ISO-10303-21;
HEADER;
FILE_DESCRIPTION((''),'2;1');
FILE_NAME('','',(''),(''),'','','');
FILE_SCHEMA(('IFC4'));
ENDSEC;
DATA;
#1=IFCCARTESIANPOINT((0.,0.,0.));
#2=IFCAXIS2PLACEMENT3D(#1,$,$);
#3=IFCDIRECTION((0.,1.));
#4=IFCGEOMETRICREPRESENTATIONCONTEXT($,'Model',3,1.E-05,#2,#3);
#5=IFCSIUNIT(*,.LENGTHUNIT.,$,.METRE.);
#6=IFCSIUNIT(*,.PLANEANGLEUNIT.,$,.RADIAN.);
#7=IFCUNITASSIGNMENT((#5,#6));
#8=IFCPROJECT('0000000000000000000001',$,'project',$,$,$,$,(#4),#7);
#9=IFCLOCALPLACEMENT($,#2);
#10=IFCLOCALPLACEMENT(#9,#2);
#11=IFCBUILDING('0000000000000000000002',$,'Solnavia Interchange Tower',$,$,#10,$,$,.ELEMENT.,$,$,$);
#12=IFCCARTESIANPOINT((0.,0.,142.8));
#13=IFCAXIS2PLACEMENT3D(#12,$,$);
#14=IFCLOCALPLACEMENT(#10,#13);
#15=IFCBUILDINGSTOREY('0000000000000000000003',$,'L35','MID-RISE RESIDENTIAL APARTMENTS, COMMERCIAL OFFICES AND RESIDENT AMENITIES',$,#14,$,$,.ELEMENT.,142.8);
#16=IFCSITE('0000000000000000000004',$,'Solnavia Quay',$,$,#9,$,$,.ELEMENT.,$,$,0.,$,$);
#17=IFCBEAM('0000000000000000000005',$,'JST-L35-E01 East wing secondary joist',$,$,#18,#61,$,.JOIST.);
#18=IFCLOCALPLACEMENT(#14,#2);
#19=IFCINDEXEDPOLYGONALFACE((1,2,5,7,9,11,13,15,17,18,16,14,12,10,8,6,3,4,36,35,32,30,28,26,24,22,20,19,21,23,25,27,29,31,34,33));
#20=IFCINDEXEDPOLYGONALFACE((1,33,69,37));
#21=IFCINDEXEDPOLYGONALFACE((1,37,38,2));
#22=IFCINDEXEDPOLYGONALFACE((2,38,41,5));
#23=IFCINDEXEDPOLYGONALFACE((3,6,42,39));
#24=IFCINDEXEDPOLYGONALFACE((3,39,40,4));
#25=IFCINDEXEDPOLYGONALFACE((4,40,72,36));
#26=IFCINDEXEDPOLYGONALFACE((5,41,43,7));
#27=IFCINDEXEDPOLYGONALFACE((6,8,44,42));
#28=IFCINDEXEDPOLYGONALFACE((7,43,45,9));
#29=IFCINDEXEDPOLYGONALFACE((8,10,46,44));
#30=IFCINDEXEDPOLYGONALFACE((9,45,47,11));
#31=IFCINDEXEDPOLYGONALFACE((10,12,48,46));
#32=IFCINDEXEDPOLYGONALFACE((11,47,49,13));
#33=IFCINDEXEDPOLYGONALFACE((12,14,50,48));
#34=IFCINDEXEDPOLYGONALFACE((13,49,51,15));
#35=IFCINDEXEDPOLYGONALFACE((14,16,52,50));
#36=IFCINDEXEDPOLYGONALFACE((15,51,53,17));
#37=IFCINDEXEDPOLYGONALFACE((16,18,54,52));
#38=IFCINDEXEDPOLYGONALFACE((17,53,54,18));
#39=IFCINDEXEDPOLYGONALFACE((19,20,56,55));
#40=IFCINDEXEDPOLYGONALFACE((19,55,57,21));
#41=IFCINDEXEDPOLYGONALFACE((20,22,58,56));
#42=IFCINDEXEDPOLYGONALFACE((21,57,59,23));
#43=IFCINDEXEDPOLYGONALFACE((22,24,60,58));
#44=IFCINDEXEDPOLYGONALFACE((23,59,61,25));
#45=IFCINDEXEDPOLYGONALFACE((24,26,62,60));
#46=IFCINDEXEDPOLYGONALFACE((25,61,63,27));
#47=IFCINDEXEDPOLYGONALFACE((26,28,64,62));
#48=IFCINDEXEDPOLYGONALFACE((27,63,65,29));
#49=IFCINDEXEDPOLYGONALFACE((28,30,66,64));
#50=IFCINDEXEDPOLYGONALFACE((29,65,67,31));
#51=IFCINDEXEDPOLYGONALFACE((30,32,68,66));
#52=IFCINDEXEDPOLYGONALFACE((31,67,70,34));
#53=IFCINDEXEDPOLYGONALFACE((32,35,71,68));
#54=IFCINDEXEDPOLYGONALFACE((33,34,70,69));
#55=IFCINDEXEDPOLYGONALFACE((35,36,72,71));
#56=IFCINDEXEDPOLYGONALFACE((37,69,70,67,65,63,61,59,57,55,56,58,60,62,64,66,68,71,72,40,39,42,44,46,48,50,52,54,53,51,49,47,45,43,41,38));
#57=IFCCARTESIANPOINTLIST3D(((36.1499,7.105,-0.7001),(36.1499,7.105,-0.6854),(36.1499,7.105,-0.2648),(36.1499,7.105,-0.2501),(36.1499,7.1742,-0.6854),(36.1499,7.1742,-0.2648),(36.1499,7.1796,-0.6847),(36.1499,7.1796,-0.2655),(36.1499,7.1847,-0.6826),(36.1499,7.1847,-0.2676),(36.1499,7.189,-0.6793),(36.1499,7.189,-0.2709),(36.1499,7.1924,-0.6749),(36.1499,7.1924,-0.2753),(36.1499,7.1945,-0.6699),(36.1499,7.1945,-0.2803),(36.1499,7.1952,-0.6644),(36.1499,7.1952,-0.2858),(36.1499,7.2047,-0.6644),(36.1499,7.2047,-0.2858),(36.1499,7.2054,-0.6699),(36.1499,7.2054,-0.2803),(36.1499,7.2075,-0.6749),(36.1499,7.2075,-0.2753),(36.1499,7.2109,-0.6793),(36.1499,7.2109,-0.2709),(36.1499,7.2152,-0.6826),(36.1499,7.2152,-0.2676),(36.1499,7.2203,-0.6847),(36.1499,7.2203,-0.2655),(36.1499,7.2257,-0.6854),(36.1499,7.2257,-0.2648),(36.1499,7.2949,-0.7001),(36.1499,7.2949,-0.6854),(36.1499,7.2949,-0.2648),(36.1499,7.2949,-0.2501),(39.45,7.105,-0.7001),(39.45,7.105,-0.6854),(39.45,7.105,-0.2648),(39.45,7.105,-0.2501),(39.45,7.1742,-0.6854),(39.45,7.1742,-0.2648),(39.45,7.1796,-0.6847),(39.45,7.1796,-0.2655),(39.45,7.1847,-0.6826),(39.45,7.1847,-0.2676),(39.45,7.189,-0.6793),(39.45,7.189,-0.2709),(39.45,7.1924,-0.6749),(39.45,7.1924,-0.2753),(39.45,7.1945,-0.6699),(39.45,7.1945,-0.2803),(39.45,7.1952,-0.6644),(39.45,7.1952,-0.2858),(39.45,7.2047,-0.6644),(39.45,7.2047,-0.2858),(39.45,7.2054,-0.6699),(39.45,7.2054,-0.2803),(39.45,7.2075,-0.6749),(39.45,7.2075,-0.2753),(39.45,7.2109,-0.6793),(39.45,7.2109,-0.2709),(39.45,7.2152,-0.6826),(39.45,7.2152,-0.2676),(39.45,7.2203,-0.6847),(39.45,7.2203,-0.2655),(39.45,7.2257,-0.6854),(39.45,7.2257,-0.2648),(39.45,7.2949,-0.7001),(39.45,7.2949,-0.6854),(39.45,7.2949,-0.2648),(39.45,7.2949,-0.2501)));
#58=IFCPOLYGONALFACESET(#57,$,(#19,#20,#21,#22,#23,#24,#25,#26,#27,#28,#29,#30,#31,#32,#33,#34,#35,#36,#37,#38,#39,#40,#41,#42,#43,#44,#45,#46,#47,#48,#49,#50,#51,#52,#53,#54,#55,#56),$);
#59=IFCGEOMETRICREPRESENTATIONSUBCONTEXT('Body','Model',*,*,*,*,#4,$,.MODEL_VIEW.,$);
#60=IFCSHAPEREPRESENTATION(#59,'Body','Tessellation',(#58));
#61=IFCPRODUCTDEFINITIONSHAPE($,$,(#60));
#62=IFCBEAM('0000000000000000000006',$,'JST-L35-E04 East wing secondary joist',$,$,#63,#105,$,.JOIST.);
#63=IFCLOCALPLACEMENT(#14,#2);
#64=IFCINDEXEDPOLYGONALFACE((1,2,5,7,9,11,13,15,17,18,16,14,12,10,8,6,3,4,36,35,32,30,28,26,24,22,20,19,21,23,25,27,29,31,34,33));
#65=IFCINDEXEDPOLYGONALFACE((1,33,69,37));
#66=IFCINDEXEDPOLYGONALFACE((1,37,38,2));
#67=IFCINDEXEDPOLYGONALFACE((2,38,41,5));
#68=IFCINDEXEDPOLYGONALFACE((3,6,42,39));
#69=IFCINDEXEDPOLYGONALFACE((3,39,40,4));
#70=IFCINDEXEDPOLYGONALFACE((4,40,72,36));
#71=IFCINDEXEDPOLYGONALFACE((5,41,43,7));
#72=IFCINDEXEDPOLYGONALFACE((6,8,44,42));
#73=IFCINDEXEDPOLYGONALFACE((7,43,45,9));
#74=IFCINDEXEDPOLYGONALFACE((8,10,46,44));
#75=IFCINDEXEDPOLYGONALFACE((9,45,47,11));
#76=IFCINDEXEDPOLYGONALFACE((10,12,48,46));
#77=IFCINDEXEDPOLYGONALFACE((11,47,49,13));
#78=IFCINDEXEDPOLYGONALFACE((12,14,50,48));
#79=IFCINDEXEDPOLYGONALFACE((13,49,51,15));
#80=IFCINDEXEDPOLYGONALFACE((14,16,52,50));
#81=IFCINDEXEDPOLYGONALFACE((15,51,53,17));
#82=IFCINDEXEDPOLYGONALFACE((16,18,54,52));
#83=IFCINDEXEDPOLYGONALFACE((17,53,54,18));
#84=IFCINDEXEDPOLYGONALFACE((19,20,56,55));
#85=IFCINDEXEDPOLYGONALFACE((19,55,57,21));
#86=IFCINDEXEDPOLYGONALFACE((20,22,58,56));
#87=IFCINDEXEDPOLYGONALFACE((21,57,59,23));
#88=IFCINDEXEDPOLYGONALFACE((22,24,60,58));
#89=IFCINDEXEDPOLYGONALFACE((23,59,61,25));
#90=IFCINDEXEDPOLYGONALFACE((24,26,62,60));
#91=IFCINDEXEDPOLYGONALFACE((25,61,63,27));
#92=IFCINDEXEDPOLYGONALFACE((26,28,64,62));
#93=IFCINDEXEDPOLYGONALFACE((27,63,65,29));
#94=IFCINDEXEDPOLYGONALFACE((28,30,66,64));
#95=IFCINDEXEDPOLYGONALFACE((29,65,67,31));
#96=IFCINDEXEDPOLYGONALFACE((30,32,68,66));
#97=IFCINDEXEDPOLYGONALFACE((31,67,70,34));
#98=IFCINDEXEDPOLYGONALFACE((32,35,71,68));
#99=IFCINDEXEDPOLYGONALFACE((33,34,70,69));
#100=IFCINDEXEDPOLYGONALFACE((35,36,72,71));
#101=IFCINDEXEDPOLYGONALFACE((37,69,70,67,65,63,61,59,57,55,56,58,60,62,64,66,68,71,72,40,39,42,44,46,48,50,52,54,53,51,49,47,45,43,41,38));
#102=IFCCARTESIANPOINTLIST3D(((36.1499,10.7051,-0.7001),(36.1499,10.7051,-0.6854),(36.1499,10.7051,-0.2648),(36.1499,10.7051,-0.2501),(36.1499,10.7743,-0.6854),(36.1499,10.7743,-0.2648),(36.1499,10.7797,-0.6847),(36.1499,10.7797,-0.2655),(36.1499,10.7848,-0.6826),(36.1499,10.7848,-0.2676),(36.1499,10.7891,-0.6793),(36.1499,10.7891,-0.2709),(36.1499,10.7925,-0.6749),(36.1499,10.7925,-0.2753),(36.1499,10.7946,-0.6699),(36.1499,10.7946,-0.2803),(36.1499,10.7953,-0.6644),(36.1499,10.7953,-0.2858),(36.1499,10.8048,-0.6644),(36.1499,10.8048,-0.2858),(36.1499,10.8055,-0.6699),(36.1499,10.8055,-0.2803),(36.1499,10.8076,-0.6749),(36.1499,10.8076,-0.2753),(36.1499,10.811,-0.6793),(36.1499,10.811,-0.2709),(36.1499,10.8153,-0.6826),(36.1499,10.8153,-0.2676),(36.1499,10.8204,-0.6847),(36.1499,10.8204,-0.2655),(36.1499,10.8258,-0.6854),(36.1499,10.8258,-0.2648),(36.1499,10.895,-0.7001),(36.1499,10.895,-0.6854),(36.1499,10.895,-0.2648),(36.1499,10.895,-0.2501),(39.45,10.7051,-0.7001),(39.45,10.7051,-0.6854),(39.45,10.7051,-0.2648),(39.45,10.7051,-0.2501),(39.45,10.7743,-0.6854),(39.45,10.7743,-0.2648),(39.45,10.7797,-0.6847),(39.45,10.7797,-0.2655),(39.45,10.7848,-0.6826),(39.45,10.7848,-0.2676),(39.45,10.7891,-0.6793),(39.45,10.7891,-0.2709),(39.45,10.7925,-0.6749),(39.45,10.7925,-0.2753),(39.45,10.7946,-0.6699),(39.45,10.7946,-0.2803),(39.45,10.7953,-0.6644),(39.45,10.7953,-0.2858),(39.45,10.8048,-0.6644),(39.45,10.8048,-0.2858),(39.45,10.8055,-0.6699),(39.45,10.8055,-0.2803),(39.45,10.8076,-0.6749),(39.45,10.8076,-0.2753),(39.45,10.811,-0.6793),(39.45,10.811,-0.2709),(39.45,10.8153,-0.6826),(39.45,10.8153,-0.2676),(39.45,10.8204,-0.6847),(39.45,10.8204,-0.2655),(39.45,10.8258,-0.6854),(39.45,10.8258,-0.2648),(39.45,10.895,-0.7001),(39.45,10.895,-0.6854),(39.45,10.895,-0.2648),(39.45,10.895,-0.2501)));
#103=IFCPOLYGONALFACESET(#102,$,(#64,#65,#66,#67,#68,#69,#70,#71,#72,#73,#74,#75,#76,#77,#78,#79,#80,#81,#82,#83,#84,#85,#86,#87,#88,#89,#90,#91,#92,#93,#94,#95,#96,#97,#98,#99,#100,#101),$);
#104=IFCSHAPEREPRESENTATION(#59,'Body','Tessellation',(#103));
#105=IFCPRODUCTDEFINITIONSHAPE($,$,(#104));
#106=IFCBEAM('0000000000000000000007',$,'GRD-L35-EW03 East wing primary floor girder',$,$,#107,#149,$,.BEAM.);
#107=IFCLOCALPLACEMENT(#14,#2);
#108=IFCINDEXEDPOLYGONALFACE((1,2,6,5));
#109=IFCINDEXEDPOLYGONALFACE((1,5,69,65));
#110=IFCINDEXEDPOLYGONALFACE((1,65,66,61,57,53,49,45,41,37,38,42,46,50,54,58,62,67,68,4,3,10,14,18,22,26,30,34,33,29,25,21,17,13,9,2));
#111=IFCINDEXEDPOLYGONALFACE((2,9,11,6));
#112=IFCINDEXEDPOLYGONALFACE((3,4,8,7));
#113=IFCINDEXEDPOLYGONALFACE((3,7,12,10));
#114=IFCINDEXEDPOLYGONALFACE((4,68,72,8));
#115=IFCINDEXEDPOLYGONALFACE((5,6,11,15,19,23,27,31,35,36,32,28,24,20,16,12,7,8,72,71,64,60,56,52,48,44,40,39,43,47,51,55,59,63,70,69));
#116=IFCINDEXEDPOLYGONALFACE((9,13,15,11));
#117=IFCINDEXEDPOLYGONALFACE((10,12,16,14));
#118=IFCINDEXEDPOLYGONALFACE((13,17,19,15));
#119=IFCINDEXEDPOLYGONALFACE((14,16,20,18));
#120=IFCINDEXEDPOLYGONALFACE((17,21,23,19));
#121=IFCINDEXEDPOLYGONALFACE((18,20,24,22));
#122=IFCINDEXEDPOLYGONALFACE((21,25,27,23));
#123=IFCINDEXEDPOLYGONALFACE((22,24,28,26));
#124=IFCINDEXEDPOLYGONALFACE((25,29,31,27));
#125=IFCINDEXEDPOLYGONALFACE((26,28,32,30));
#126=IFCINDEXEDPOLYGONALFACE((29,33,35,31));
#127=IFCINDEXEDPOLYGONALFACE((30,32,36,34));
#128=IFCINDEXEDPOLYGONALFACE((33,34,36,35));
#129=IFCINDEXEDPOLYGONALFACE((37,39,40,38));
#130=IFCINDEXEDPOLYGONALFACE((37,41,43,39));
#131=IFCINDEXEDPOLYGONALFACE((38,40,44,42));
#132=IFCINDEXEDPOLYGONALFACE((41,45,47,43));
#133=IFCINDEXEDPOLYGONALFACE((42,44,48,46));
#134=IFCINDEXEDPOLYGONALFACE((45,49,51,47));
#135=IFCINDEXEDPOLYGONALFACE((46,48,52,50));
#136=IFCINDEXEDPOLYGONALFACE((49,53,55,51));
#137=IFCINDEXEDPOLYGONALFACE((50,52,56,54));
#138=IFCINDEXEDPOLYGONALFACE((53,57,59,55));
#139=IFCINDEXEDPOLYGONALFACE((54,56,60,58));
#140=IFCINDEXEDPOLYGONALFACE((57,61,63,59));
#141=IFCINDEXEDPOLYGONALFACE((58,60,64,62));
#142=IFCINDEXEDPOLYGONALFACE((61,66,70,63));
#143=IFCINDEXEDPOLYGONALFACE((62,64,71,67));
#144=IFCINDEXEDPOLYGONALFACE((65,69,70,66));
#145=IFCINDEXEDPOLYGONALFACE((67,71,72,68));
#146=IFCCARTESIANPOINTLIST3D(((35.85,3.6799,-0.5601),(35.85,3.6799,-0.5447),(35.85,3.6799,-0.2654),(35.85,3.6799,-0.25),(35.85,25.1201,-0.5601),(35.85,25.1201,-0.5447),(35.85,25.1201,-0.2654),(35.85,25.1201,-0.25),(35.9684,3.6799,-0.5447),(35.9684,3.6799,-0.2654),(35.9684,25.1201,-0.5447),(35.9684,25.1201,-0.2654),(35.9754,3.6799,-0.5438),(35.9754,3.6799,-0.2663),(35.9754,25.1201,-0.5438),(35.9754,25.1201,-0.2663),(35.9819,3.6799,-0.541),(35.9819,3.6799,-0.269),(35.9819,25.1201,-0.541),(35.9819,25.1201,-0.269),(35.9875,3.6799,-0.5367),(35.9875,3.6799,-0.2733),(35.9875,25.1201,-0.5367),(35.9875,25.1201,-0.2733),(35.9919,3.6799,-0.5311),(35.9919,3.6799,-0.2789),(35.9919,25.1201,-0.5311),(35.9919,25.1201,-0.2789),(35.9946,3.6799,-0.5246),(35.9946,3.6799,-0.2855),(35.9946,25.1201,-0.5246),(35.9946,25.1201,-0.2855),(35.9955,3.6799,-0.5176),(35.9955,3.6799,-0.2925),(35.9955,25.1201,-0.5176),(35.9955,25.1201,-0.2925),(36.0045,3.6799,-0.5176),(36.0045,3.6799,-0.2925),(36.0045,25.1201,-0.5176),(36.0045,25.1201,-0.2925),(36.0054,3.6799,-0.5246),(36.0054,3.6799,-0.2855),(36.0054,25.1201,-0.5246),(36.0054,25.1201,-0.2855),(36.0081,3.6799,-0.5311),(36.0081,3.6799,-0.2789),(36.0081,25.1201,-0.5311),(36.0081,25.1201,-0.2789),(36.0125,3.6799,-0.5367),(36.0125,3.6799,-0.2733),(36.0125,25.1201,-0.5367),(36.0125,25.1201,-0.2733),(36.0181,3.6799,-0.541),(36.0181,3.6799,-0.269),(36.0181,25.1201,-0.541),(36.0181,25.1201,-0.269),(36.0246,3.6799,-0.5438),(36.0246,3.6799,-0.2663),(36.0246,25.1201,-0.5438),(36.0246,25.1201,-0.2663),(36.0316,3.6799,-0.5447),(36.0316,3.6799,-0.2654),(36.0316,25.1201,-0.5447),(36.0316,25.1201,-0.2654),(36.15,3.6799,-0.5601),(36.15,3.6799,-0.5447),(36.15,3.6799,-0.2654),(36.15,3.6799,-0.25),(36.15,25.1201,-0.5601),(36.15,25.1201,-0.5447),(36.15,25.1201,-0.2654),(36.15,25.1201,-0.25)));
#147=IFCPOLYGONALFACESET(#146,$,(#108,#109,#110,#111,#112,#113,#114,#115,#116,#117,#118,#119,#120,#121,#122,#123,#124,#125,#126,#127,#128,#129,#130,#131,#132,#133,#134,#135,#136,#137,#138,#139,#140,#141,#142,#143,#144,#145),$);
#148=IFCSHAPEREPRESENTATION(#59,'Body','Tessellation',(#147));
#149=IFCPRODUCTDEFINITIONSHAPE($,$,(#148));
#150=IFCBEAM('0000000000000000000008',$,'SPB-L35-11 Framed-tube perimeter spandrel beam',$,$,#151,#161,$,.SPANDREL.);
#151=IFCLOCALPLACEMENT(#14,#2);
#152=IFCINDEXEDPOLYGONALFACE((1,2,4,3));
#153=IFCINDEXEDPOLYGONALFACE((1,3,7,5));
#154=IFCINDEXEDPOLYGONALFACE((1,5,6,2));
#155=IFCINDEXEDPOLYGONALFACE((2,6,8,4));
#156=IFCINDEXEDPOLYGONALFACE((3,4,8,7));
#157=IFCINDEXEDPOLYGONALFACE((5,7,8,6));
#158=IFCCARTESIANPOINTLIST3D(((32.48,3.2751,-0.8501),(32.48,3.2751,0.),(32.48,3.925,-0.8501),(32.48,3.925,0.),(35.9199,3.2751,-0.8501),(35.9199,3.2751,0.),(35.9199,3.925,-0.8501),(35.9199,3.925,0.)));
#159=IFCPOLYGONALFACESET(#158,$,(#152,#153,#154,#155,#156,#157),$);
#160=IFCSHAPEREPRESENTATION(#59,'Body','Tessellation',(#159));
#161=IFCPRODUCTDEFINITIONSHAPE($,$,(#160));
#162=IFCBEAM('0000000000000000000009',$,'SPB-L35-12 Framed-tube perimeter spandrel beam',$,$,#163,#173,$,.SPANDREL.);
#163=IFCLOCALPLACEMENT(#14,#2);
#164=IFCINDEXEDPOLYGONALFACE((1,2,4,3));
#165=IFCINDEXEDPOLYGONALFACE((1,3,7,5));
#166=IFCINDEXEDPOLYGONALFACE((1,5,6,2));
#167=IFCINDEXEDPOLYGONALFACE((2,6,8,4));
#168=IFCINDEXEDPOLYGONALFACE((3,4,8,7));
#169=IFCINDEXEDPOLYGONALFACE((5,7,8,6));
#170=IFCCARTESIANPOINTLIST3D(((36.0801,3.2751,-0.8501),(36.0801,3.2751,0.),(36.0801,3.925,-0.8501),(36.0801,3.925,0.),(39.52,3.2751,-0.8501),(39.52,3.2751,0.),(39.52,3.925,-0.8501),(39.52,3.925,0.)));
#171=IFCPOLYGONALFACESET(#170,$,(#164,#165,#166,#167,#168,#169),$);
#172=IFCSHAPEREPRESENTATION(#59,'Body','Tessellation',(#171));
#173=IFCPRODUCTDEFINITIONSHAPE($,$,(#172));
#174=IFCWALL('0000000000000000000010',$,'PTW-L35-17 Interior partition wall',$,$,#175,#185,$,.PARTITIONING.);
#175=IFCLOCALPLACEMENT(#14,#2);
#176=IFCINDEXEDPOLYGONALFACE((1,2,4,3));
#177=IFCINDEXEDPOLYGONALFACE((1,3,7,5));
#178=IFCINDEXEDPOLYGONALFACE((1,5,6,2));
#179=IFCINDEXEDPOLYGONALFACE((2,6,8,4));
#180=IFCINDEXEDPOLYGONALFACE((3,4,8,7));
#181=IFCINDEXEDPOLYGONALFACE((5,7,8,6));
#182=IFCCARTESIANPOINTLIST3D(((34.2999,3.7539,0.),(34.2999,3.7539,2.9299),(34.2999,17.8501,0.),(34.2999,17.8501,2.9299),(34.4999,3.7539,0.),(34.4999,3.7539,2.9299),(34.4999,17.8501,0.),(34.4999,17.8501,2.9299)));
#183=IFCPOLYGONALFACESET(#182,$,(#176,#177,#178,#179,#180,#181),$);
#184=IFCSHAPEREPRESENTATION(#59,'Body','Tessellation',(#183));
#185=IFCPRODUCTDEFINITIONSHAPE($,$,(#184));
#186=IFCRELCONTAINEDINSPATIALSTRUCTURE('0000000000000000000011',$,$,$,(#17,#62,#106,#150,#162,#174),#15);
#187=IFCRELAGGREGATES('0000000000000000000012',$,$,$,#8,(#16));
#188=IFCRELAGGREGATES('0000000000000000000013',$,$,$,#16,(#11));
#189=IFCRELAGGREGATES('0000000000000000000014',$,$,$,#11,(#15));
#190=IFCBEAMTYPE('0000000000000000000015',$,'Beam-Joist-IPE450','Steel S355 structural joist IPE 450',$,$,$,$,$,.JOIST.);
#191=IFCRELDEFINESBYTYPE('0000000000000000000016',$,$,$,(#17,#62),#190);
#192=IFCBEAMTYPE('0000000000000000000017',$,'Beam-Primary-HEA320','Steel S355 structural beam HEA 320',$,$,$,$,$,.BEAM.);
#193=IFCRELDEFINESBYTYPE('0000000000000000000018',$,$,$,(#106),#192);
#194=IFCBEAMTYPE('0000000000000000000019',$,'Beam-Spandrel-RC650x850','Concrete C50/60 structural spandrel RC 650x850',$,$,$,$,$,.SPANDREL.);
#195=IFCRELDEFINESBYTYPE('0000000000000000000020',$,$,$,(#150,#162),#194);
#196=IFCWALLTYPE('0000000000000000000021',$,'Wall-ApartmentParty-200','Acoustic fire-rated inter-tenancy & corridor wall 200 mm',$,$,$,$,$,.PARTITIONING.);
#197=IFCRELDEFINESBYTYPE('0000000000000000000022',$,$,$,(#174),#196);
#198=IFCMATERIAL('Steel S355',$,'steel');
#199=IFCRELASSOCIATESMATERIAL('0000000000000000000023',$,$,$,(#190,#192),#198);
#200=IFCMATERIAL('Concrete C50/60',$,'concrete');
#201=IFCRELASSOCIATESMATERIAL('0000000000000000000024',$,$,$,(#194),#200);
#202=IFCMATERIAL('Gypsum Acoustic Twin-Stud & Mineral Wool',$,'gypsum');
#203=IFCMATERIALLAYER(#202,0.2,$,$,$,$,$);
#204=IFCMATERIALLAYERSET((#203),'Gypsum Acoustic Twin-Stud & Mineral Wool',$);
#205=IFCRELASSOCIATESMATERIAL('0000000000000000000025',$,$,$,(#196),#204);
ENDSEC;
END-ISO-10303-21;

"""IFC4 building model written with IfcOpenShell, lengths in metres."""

from ifc_helpers import new_model, si_unit, direction, frame, frame_2d, origin, origin_2d, place, context, subcontext, project, spatial, rectangle, i_section, extrude, material, layer, layer_set, material_profile, profile_set, type_object, element, save


model = new_model("IFC4")

# Units and contexts
model_context = context("Model", 3, precision=1e-05, world=origin(), true_north=direction((0.0, 1.0)))
body_context = subcontext(model_context, "Body", "Model", "MODEL_VIEW")
ifc_project = project(units=[si_unit("LENGTHUNIT", "METRE"), si_unit("PLANEANGLEUNIT", "RADIAN")], contexts=[model_context])

# Site, building, storey
site_placement = place(None, origin())
site = spatial("IfcSite", under=ifc_project, at=site_placement, Name="Solnavia Quay", CompositionType="ELEMENT", RefElevation=0.0)
building_placement = place(site_placement, origin())
building = spatial("IfcBuilding", under=site, at=building_placement, Name="Solnavia Interchange Tower", CompositionType="ELEMENT")
storey_placement = place(building_placement, frame((0.0, 0.0, 142.8)))
storey = spatial("IfcBuildingStorey", under=building, at=storey_placement, Name="L35", Description="MID-RISE RESIDENTIAL APARTMENTS, COMMERCIAL OFFICES AND RESIDENT AMENITIES", CompositionType="ELEMENT", Elevation=142.8)

# Shared definitions
ifc_material_1 = material(Name="Concrete C50/60", Category="concrete")
ifc_material_2 = material(Name="Steel S355", Category="steel")

# Beams
ifc_material_profile_1 = material_profile(ifc_material_2, i_section(OverallWidth=0.1899, OverallDepth=0.45, WebThickness=0.0095, FlangeThickness=0.0146, FilletRadius=0.021, at=origin_2d()), Name="IPE 450")
ifc_profile_set_1 = profile_set([ifc_material_profile_1], Name="Steel S355")
beam_type_1 = type_object("IfcBeamType", Name="Beam-Joist-IPE450", Description="Steel S355 structural joist IPE 450", PredefinedType="JOIST", material=ifc_profile_set_1)
for number, where, z_axis, x_axis, name in (
    (1, (36.1499, 7.2, -0.4751), (1.0, 0.0, 0.0), (0.0, 1.0, 0.0), "JST-L35-E01 East wing secondary joist"),
    (2, (36.1499, 10.8, -0.4751), (1.0, 0.0, 0.0), (0.0, 1.0, 0.0), "JST-L35-E04 East wing secondary joist"),
):
    element("IfcBeam", number, at=place(storey_placement, frame(where, z_axis=z_axis, x_axis=x_axis)), inside=storey, type_object=beam_type_1, Name=name, PredefinedType="JOIST", context=body_context, shape_type="SweptSolid", body=[
        extrude(i_section(OverallWidth=0.1899, OverallDepth=0.45, WebThickness=0.0095, FlangeThickness=0.0146, FilletRadius=0.021, at=origin_2d()), origin(), (0.0, 0.0, 1.0), 3.3),
    ])
ifc_material_profile_2 = material_profile(ifc_material_2, i_section(OverallWidth=0.3, OverallDepth=0.3101, WebThickness=0.009, FlangeThickness=0.0154, FilletRadius=0.0271, at=origin_2d()), Name="HEA 320")
ifc_profile_set_2 = profile_set([ifc_material_profile_2], Name="Steel S355")
beam_type_2 = type_object("IfcBeamType", Name="Beam-Primary-HEA320", Description="Steel S355 structural beam HEA 320", PredefinedType="BEAM", material=ifc_profile_set_2)
beam_1_placement = place(storey_placement, frame((36.0, 3.6799, -0.405), z_axis=(0.0, 1.0, 0.0), x_axis=(-1.0, 0.0, 0.0)))
element("IfcBeam", 3, at=beam_1_placement, inside=storey, type_object=beam_type_2, Name="GRD-L35-EW03 East wing primary floor girder", PredefinedType="BEAM", context=body_context, shape_type="SweptSolid", body=[
    extrude(i_section(OverallWidth=0.3, OverallDepth=0.3101, WebThickness=0.009, FlangeThickness=0.0154, FilletRadius=0.0271, at=origin_2d()), origin(), (0.0, 0.0, 1.0), 21.4402),
])
ifc_material_profile_3 = material_profile(ifc_material_1, rectangle(XDim=0.6499, YDim=0.8501, at=origin_2d()), Name="RC 650x850")
ifc_profile_set_3 = profile_set([ifc_material_profile_3], Name="Concrete C50/60")
beam_type_3 = type_object("IfcBeamType", Name="Beam-Spandrel-RC650x850", Description="Concrete C50/60 structural spandrel RC 650x850", PredefinedType="SPANDREL", material=ifc_profile_set_3)
for number, where, z_axis, x_axis, name in (
    (4, (32.48, 3.6001, -0.425), (1.0, 0.0, 0.0), (0.0, 1.0, 0.0), "SPB-L35-11 Framed-tube perimeter spandrel beam"),
    (5, (36.0801, 3.6001, -0.425), (1.0, 0.0, 0.0), (0.0, 1.0, 0.0), "SPB-L35-12 Framed-tube perimeter spandrel beam"),
):
    element("IfcBeam", number, at=place(storey_placement, frame(where, z_axis=z_axis, x_axis=x_axis)), inside=storey, type_object=beam_type_3, Name=name, PredefinedType="SPANDREL", context=body_context, shape_type="SweptSolid", body=[
        extrude(rectangle(XDim=0.6499, YDim=0.8501, at=origin_2d()), origin(), (0.0, 0.0, 1.0), 3.4399),
    ])

# Wall
ifc_material_3 = material(Name="Gypsum Acoustic Twin-Stud & Mineral Wool", Category="gypsum")
ifc_layer_1 = layer(ifc_material_3, 0.2)
ifc_layer_set_1 = layer_set([ifc_layer_1], Name="Gypsum Acoustic Twin-Stud & Mineral Wool")
wall_type_1 = type_object("IfcWallType", Name="Wall-ApartmentParty-200", Description="Acoustic fire-rated inter-tenancy & corridor wall 200 mm", PredefinedType="PARTITIONING", material=ifc_layer_set_1)
wall_1_placement = place(storey_placement, frame((34.3999, 3.7539, 0.0), z_axis=(0.0, 0.0, 1.0), x_axis=(0.0, 1.0, 0.0)))
element("IfcWall", 6, at=wall_1_placement, inside=storey, type_object=wall_type_1, Name="PTW-L35-17 Interior partition wall", PredefinedType="PARTITIONING", context=body_context, shape_type="SweptSolid", body=[
    extrude(rectangle(XDim=14.0962, YDim=0.2, at=frame_2d((7.0481, 0.0))), origin(), (0.0, 0.0, 1.0), 2.9299),
])

save(model, "model.ifc")
